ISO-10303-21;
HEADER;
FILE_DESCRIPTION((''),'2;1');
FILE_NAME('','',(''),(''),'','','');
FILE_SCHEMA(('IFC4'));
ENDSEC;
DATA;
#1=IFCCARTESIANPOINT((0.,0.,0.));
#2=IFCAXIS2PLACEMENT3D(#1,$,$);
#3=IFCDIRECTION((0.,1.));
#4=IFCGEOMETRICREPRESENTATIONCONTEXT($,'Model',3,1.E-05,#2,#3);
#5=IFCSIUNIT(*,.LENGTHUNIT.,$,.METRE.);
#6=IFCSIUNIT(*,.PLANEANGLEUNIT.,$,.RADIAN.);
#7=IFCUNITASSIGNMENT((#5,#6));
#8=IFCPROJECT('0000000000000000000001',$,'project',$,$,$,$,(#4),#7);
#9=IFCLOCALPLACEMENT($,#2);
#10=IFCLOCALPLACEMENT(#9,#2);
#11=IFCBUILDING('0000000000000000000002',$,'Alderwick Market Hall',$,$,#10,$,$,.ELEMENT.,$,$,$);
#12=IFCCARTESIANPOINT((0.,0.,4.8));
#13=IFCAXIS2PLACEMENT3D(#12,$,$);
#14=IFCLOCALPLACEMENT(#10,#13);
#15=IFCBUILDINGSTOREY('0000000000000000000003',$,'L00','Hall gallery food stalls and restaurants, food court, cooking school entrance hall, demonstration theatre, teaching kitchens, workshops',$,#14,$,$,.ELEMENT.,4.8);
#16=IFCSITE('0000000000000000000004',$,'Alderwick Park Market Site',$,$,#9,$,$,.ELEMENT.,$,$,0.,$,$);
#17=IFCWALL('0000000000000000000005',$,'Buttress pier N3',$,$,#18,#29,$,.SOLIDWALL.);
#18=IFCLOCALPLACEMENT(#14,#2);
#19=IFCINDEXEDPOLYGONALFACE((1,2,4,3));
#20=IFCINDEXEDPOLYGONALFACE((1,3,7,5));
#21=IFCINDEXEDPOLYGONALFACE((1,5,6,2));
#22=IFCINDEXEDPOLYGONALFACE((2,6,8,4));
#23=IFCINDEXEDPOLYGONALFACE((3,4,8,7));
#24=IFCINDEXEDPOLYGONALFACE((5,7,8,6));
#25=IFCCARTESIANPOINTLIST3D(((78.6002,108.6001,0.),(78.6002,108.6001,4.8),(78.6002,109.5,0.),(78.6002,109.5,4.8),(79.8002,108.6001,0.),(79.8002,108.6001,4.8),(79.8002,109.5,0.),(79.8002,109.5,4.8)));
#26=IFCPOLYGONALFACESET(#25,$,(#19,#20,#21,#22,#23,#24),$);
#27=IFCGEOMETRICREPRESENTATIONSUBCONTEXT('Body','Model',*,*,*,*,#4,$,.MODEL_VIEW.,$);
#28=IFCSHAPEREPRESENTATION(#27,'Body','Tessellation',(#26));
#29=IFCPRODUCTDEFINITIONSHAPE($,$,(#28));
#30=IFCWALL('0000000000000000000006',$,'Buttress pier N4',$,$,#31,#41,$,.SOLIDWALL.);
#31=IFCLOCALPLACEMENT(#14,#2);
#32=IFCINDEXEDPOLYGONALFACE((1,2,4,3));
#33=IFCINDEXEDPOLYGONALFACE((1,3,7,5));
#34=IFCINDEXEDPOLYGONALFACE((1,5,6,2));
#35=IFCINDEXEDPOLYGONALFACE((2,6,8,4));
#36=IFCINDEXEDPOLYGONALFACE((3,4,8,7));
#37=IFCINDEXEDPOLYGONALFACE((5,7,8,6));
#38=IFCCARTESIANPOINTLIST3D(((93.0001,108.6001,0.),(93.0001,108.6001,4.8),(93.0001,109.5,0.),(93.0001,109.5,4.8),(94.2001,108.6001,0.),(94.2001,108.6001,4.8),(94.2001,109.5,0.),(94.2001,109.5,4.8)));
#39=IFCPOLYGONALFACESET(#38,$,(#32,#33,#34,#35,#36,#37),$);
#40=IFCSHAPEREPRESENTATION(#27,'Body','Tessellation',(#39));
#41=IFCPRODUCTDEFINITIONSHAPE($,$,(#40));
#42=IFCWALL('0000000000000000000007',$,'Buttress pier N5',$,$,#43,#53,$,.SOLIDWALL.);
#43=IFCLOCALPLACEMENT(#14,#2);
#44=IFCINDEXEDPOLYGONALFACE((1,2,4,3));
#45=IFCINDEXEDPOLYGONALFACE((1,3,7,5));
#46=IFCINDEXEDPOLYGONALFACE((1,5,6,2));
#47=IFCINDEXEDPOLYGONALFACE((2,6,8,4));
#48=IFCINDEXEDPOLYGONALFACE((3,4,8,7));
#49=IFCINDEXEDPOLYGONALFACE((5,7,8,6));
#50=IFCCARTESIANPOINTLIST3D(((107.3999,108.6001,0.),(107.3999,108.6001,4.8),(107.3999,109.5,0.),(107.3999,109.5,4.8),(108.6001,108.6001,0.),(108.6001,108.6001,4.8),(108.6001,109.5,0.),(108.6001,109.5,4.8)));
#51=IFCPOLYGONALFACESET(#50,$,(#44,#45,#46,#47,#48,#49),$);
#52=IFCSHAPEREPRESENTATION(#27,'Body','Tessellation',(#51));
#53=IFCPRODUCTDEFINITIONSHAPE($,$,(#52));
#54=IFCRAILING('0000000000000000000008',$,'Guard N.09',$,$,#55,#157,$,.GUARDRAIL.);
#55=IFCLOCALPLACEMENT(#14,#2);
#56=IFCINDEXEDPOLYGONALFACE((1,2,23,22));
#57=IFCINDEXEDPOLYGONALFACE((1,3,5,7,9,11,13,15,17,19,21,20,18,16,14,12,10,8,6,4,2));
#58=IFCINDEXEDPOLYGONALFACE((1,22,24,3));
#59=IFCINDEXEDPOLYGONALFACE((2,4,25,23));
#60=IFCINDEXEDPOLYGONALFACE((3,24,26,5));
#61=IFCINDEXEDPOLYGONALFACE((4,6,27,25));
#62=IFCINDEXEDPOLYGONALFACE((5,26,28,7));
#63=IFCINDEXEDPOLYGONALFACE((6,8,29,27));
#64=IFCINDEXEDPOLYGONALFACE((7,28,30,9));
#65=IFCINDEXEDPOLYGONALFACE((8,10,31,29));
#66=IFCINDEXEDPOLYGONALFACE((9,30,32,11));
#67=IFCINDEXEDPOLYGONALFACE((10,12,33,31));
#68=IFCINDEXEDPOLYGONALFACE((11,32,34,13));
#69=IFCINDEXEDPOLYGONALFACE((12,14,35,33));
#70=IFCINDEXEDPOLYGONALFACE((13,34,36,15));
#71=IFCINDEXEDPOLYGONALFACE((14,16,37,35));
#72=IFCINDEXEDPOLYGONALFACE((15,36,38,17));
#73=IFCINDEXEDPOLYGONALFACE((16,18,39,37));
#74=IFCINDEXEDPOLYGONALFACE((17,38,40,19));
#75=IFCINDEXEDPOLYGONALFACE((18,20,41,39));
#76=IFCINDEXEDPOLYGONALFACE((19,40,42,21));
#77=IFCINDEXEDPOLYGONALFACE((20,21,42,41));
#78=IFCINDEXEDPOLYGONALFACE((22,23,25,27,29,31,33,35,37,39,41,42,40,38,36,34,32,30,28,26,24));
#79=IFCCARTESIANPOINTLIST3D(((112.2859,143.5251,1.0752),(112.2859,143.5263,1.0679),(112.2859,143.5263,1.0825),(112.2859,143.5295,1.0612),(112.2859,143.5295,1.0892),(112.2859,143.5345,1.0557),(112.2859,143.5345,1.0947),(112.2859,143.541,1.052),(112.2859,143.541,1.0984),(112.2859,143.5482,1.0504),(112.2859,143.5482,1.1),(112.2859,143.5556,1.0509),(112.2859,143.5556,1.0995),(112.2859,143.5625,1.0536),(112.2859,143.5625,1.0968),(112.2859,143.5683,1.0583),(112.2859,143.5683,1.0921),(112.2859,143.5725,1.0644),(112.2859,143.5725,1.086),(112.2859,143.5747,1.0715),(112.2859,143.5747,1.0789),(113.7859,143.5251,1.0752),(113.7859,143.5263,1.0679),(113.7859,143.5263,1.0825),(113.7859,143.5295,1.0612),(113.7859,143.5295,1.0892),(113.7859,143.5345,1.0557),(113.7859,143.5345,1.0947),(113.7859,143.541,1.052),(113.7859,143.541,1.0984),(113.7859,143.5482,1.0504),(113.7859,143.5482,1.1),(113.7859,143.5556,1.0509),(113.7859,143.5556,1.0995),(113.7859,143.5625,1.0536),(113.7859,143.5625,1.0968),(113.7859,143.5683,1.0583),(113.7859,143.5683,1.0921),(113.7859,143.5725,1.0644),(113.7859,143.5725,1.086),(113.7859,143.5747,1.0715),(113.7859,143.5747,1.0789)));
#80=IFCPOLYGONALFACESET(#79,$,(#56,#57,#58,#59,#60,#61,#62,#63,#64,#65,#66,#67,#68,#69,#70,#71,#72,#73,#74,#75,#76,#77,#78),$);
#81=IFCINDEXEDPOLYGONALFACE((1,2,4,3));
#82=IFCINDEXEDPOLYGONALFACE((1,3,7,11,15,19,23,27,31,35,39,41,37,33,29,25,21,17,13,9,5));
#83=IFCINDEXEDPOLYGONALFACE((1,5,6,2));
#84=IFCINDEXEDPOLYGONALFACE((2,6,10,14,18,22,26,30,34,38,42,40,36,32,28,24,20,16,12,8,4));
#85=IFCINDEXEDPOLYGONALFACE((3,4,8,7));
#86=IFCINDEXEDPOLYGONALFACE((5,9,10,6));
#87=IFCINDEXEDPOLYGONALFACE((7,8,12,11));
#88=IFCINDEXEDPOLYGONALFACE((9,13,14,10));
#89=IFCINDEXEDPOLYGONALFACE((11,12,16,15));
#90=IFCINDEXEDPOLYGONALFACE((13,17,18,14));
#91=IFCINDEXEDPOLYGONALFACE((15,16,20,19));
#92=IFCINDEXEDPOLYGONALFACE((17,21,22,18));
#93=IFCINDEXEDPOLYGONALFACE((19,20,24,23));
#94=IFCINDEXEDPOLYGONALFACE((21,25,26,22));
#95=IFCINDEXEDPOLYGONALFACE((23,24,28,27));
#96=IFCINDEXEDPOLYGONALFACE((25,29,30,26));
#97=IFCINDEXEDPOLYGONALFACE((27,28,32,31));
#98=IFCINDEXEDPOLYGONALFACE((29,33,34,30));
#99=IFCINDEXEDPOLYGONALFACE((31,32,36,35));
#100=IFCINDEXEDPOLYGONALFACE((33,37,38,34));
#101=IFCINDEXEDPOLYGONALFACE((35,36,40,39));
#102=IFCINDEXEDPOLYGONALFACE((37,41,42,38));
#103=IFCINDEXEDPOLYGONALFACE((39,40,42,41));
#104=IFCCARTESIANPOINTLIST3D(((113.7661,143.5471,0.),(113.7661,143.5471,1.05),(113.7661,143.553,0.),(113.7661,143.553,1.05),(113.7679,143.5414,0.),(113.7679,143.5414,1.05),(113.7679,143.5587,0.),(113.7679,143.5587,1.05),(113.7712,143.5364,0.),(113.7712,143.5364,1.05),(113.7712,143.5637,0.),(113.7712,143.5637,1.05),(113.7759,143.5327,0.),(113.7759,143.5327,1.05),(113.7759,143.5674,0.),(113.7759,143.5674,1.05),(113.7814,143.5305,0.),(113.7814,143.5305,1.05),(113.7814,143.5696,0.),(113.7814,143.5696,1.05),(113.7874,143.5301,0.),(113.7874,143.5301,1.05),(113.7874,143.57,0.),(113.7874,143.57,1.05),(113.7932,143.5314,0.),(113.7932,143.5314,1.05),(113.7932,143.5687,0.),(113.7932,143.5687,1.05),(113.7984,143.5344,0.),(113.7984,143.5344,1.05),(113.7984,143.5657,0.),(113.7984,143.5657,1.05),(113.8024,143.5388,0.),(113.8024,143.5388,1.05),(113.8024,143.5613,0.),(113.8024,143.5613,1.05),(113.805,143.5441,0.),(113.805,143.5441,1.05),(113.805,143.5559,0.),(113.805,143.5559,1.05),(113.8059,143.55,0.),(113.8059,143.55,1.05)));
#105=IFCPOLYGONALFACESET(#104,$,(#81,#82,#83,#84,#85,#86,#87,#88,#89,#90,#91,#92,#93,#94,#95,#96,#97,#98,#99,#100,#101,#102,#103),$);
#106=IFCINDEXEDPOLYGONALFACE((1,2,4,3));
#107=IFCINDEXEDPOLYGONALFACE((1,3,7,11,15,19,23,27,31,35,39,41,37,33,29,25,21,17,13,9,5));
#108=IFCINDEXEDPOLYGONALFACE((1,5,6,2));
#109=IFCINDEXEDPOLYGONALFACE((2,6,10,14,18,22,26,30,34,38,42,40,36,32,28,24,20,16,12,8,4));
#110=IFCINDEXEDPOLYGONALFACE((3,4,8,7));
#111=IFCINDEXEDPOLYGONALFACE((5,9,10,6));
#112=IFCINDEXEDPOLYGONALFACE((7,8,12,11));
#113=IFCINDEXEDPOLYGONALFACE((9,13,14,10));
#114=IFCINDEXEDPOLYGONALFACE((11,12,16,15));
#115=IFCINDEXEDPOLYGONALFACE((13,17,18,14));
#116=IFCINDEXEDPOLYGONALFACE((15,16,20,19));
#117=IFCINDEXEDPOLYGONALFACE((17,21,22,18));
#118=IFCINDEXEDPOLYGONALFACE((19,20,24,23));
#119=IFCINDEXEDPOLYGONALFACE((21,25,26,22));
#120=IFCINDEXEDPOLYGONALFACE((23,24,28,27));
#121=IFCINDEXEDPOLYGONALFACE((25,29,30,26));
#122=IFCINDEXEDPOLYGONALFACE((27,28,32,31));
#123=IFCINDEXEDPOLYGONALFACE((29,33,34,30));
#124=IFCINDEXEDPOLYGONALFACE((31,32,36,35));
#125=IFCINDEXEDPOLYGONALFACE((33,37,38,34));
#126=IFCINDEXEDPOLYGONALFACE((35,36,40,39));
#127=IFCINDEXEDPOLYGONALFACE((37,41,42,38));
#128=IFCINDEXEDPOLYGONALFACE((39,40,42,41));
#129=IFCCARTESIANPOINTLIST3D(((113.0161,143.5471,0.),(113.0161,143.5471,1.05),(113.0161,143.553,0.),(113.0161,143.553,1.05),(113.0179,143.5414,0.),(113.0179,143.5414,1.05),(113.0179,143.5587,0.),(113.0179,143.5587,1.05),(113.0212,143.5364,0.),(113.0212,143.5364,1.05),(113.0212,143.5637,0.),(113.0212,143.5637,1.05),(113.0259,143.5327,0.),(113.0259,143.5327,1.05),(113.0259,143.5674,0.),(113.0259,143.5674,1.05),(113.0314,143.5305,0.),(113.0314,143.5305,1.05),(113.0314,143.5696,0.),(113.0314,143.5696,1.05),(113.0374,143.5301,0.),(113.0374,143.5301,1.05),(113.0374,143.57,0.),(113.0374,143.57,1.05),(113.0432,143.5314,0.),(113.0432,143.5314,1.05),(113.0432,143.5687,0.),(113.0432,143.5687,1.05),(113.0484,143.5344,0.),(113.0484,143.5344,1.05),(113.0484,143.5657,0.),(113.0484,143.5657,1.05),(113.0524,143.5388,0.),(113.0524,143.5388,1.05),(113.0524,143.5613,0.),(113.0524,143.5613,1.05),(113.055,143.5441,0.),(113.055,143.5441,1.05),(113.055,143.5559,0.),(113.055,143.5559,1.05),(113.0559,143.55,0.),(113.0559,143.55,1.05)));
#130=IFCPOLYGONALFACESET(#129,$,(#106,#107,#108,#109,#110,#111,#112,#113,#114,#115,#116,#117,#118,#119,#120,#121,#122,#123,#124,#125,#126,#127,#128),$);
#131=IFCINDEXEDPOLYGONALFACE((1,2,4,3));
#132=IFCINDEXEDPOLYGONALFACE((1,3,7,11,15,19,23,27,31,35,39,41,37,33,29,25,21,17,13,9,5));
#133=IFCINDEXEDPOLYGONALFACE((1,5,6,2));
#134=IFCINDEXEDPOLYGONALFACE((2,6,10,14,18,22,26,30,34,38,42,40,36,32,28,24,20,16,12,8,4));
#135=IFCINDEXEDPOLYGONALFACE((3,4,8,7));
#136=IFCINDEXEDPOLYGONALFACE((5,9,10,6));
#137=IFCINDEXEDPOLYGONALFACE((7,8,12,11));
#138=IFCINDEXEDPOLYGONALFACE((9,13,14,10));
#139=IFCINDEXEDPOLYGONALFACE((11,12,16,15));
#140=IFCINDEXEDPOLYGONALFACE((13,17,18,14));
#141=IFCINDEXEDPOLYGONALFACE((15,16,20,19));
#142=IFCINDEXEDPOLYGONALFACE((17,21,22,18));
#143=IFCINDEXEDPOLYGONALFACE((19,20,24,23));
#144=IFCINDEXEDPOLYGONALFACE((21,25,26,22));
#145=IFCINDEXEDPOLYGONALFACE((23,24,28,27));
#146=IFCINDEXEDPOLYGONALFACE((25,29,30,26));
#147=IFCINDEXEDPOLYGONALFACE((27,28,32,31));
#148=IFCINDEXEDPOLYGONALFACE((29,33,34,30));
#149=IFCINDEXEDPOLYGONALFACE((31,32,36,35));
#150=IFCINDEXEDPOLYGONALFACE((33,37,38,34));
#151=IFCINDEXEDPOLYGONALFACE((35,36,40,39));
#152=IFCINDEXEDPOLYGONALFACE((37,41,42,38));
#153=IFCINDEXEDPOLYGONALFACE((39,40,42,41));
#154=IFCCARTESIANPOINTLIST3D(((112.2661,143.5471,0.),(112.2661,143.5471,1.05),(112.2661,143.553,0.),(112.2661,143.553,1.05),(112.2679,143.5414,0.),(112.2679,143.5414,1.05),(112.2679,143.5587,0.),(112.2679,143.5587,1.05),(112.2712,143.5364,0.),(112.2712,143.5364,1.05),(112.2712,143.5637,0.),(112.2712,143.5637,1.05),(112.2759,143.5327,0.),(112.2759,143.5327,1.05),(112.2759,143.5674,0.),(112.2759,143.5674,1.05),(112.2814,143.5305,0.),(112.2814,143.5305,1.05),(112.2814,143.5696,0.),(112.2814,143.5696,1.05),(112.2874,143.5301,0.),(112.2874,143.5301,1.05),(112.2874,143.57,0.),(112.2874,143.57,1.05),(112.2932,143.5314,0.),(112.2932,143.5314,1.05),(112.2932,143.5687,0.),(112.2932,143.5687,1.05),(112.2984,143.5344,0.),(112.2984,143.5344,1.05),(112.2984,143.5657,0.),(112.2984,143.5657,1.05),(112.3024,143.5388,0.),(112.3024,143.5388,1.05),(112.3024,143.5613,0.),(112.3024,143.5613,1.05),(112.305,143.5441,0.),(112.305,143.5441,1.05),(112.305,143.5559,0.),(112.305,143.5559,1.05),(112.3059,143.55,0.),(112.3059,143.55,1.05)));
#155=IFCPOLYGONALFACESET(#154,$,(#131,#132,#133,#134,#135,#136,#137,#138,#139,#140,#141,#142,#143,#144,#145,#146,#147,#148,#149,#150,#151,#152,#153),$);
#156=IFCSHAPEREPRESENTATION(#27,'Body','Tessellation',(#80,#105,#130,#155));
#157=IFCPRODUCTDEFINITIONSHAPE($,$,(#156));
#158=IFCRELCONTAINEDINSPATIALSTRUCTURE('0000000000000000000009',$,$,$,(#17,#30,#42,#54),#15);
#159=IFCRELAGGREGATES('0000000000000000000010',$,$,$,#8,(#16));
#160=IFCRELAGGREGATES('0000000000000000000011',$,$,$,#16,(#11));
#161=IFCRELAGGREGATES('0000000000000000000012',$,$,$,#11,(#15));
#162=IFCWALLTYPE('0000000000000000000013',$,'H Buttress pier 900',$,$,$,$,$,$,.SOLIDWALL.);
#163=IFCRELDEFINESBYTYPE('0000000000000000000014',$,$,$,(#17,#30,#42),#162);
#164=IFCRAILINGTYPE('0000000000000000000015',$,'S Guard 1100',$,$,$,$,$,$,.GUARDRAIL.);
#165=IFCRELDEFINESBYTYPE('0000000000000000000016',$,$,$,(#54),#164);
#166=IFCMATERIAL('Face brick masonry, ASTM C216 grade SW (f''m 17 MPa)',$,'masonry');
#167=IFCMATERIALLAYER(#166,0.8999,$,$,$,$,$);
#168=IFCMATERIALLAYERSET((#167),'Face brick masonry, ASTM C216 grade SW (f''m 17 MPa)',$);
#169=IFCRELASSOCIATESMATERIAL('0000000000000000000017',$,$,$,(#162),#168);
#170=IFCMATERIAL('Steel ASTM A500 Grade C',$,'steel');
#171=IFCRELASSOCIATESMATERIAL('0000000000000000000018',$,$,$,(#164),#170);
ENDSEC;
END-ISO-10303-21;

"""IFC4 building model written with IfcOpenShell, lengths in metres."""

from ifc_helpers import new_model, si_unit, direction, frame, frame_2d, origin, origin_2d, place, context, subcontext, project, spatial, rectangle, circle, extrude, material, layer, layer_set, type_object, element, save


model = new_model("IFC4")

# Units and contexts
model_context = context("Model", 3, precision=1e-05, world=origin(), true_north=direction((0.0, 1.0)))
body_context = subcontext(model_context, "Body", "Model", "MODEL_VIEW")
ifc_project = project(units=[si_unit("LENGTHUNIT", "METRE"), si_unit("PLANEANGLEUNIT", "RADIAN")], contexts=[model_context])

# Site, building, storey
site_placement = place(None, origin())
site = spatial("IfcSite", under=ifc_project, at=site_placement, Name="Alderwick Park Market Site", CompositionType="ELEMENT", RefElevation=0.0)
building_placement = place(site_placement, origin())
building = spatial("IfcBuilding", under=site, at=building_placement, Name="Alderwick Market Hall", CompositionType="ELEMENT")
storey_placement = place(building_placement, frame((0.0, 0.0, 4.8)))
storey = spatial("IfcBuildingStorey", under=building, at=storey_placement, Name="L00", Description="Hall gallery food stalls and restaurants, food court, cooking school entrance hall, demonstration theatre, teaching kitchens, workshops", CompositionType="ELEMENT", Elevation=4.8)

# Shared definitions
ifc_material_1 = material(Name="Steel ASTM A500 Grade C", Category="steel")

# Walls
ifc_material_2 = material(Name="Face brick masonry, ASTM C216 grade SW (f'm 17 MPa)", Category="masonry")
ifc_layer_1 = layer(ifc_material_2, 0.8999)
ifc_layer_set_1 = layer_set([ifc_layer_1], Name="Face brick masonry, ASTM C216 grade SW (f'm 17 MPa)")
wall_type_1 = type_object("IfcWallType", Name="H Buttress pier 900", PredefinedType="SOLIDWALL", material=ifc_layer_set_1)
for number, where, z_axis, x_axis, name in (
    (1, (78.6001, 109.05, 0.0), (0.0, 0.0, 1.0), (1.0, 0.0, 0.0), "Buttress pier N3"),
    (2, (93.0, 109.05, 0.0), (0.0, 0.0, 1.0), (1.0, 0.0, 0.0), "Buttress pier N4"),
):
    element("IfcWall", number, at=place(storey_placement, frame(where, z_axis=z_axis, x_axis=x_axis)), inside=storey, type_object=wall_type_1, Name=name, PredefinedType="SOLIDWALL", context=body_context, shape_type="SweptSolid", body=[
        extrude(rectangle(XDim=1.2, YDim=0.8999, at=frame_2d((0.6001, 0.0))), origin(), (0.0, 0.0, 1.0), 4.8),
    ])
wall_1_placement = place(storey_placement, frame((107.3999, 109.05, 0.0), z_axis=(0.0, 0.0, 1.0), x_axis=(1.0, 0.0, 0.0)))
element("IfcWall", 3, at=wall_1_placement, inside=storey, type_object=wall_type_1, Name="Buttress pier N5", PredefinedType="SOLIDWALL", context=body_context, shape_type="SweptSolid", body=[
    extrude(rectangle(XDim=1.2002, YDim=0.8999, at=frame_2d((0.6001, 0.0))), origin(), (0.0, 0.0, 1.0), 4.8),
])

# Railing
railing_type_1 = type_object("IfcRailingType", Name="S Guard 1100", PredefinedType="GUARDRAIL", material=ifc_material_1)
railing_1_placement = place(storey_placement, frame((113.7859, 143.55, 0.0)))
element("IfcRailing", 4, at=railing_1_placement, inside=storey, type_object=railing_type_1, Name="Guard N.09", PredefinedType="GUARDRAIL", context=body_context, shape_type="SweptSolid", body=[
    extrude(circle(Radius=0.0249, at=origin_2d()), frame((0.0, 0.0, 1.0752), z_axis=(-1.0, 0.0, 0.0), x_axis=(0.0, -1.0, 0.0)), (0.0, 0.0, 1.0), 1.5),
    extrude(circle(Radius=0.02, at=origin_2d()), origin(), (0.0, 0.0, 1.0), 1.05),
    extrude(circle(Radius=0.02, at=origin_2d()), frame((-0.75, 0.0, 0.0)), (0.0, 0.0, 1.0), 1.05),
    extrude(circle(Radius=0.02, at=origin_2d()), frame((-1.5, 0.0, 0.0)), (0.0, 0.0, 1.0), 1.05),
])

save(model, "model.ifc")
